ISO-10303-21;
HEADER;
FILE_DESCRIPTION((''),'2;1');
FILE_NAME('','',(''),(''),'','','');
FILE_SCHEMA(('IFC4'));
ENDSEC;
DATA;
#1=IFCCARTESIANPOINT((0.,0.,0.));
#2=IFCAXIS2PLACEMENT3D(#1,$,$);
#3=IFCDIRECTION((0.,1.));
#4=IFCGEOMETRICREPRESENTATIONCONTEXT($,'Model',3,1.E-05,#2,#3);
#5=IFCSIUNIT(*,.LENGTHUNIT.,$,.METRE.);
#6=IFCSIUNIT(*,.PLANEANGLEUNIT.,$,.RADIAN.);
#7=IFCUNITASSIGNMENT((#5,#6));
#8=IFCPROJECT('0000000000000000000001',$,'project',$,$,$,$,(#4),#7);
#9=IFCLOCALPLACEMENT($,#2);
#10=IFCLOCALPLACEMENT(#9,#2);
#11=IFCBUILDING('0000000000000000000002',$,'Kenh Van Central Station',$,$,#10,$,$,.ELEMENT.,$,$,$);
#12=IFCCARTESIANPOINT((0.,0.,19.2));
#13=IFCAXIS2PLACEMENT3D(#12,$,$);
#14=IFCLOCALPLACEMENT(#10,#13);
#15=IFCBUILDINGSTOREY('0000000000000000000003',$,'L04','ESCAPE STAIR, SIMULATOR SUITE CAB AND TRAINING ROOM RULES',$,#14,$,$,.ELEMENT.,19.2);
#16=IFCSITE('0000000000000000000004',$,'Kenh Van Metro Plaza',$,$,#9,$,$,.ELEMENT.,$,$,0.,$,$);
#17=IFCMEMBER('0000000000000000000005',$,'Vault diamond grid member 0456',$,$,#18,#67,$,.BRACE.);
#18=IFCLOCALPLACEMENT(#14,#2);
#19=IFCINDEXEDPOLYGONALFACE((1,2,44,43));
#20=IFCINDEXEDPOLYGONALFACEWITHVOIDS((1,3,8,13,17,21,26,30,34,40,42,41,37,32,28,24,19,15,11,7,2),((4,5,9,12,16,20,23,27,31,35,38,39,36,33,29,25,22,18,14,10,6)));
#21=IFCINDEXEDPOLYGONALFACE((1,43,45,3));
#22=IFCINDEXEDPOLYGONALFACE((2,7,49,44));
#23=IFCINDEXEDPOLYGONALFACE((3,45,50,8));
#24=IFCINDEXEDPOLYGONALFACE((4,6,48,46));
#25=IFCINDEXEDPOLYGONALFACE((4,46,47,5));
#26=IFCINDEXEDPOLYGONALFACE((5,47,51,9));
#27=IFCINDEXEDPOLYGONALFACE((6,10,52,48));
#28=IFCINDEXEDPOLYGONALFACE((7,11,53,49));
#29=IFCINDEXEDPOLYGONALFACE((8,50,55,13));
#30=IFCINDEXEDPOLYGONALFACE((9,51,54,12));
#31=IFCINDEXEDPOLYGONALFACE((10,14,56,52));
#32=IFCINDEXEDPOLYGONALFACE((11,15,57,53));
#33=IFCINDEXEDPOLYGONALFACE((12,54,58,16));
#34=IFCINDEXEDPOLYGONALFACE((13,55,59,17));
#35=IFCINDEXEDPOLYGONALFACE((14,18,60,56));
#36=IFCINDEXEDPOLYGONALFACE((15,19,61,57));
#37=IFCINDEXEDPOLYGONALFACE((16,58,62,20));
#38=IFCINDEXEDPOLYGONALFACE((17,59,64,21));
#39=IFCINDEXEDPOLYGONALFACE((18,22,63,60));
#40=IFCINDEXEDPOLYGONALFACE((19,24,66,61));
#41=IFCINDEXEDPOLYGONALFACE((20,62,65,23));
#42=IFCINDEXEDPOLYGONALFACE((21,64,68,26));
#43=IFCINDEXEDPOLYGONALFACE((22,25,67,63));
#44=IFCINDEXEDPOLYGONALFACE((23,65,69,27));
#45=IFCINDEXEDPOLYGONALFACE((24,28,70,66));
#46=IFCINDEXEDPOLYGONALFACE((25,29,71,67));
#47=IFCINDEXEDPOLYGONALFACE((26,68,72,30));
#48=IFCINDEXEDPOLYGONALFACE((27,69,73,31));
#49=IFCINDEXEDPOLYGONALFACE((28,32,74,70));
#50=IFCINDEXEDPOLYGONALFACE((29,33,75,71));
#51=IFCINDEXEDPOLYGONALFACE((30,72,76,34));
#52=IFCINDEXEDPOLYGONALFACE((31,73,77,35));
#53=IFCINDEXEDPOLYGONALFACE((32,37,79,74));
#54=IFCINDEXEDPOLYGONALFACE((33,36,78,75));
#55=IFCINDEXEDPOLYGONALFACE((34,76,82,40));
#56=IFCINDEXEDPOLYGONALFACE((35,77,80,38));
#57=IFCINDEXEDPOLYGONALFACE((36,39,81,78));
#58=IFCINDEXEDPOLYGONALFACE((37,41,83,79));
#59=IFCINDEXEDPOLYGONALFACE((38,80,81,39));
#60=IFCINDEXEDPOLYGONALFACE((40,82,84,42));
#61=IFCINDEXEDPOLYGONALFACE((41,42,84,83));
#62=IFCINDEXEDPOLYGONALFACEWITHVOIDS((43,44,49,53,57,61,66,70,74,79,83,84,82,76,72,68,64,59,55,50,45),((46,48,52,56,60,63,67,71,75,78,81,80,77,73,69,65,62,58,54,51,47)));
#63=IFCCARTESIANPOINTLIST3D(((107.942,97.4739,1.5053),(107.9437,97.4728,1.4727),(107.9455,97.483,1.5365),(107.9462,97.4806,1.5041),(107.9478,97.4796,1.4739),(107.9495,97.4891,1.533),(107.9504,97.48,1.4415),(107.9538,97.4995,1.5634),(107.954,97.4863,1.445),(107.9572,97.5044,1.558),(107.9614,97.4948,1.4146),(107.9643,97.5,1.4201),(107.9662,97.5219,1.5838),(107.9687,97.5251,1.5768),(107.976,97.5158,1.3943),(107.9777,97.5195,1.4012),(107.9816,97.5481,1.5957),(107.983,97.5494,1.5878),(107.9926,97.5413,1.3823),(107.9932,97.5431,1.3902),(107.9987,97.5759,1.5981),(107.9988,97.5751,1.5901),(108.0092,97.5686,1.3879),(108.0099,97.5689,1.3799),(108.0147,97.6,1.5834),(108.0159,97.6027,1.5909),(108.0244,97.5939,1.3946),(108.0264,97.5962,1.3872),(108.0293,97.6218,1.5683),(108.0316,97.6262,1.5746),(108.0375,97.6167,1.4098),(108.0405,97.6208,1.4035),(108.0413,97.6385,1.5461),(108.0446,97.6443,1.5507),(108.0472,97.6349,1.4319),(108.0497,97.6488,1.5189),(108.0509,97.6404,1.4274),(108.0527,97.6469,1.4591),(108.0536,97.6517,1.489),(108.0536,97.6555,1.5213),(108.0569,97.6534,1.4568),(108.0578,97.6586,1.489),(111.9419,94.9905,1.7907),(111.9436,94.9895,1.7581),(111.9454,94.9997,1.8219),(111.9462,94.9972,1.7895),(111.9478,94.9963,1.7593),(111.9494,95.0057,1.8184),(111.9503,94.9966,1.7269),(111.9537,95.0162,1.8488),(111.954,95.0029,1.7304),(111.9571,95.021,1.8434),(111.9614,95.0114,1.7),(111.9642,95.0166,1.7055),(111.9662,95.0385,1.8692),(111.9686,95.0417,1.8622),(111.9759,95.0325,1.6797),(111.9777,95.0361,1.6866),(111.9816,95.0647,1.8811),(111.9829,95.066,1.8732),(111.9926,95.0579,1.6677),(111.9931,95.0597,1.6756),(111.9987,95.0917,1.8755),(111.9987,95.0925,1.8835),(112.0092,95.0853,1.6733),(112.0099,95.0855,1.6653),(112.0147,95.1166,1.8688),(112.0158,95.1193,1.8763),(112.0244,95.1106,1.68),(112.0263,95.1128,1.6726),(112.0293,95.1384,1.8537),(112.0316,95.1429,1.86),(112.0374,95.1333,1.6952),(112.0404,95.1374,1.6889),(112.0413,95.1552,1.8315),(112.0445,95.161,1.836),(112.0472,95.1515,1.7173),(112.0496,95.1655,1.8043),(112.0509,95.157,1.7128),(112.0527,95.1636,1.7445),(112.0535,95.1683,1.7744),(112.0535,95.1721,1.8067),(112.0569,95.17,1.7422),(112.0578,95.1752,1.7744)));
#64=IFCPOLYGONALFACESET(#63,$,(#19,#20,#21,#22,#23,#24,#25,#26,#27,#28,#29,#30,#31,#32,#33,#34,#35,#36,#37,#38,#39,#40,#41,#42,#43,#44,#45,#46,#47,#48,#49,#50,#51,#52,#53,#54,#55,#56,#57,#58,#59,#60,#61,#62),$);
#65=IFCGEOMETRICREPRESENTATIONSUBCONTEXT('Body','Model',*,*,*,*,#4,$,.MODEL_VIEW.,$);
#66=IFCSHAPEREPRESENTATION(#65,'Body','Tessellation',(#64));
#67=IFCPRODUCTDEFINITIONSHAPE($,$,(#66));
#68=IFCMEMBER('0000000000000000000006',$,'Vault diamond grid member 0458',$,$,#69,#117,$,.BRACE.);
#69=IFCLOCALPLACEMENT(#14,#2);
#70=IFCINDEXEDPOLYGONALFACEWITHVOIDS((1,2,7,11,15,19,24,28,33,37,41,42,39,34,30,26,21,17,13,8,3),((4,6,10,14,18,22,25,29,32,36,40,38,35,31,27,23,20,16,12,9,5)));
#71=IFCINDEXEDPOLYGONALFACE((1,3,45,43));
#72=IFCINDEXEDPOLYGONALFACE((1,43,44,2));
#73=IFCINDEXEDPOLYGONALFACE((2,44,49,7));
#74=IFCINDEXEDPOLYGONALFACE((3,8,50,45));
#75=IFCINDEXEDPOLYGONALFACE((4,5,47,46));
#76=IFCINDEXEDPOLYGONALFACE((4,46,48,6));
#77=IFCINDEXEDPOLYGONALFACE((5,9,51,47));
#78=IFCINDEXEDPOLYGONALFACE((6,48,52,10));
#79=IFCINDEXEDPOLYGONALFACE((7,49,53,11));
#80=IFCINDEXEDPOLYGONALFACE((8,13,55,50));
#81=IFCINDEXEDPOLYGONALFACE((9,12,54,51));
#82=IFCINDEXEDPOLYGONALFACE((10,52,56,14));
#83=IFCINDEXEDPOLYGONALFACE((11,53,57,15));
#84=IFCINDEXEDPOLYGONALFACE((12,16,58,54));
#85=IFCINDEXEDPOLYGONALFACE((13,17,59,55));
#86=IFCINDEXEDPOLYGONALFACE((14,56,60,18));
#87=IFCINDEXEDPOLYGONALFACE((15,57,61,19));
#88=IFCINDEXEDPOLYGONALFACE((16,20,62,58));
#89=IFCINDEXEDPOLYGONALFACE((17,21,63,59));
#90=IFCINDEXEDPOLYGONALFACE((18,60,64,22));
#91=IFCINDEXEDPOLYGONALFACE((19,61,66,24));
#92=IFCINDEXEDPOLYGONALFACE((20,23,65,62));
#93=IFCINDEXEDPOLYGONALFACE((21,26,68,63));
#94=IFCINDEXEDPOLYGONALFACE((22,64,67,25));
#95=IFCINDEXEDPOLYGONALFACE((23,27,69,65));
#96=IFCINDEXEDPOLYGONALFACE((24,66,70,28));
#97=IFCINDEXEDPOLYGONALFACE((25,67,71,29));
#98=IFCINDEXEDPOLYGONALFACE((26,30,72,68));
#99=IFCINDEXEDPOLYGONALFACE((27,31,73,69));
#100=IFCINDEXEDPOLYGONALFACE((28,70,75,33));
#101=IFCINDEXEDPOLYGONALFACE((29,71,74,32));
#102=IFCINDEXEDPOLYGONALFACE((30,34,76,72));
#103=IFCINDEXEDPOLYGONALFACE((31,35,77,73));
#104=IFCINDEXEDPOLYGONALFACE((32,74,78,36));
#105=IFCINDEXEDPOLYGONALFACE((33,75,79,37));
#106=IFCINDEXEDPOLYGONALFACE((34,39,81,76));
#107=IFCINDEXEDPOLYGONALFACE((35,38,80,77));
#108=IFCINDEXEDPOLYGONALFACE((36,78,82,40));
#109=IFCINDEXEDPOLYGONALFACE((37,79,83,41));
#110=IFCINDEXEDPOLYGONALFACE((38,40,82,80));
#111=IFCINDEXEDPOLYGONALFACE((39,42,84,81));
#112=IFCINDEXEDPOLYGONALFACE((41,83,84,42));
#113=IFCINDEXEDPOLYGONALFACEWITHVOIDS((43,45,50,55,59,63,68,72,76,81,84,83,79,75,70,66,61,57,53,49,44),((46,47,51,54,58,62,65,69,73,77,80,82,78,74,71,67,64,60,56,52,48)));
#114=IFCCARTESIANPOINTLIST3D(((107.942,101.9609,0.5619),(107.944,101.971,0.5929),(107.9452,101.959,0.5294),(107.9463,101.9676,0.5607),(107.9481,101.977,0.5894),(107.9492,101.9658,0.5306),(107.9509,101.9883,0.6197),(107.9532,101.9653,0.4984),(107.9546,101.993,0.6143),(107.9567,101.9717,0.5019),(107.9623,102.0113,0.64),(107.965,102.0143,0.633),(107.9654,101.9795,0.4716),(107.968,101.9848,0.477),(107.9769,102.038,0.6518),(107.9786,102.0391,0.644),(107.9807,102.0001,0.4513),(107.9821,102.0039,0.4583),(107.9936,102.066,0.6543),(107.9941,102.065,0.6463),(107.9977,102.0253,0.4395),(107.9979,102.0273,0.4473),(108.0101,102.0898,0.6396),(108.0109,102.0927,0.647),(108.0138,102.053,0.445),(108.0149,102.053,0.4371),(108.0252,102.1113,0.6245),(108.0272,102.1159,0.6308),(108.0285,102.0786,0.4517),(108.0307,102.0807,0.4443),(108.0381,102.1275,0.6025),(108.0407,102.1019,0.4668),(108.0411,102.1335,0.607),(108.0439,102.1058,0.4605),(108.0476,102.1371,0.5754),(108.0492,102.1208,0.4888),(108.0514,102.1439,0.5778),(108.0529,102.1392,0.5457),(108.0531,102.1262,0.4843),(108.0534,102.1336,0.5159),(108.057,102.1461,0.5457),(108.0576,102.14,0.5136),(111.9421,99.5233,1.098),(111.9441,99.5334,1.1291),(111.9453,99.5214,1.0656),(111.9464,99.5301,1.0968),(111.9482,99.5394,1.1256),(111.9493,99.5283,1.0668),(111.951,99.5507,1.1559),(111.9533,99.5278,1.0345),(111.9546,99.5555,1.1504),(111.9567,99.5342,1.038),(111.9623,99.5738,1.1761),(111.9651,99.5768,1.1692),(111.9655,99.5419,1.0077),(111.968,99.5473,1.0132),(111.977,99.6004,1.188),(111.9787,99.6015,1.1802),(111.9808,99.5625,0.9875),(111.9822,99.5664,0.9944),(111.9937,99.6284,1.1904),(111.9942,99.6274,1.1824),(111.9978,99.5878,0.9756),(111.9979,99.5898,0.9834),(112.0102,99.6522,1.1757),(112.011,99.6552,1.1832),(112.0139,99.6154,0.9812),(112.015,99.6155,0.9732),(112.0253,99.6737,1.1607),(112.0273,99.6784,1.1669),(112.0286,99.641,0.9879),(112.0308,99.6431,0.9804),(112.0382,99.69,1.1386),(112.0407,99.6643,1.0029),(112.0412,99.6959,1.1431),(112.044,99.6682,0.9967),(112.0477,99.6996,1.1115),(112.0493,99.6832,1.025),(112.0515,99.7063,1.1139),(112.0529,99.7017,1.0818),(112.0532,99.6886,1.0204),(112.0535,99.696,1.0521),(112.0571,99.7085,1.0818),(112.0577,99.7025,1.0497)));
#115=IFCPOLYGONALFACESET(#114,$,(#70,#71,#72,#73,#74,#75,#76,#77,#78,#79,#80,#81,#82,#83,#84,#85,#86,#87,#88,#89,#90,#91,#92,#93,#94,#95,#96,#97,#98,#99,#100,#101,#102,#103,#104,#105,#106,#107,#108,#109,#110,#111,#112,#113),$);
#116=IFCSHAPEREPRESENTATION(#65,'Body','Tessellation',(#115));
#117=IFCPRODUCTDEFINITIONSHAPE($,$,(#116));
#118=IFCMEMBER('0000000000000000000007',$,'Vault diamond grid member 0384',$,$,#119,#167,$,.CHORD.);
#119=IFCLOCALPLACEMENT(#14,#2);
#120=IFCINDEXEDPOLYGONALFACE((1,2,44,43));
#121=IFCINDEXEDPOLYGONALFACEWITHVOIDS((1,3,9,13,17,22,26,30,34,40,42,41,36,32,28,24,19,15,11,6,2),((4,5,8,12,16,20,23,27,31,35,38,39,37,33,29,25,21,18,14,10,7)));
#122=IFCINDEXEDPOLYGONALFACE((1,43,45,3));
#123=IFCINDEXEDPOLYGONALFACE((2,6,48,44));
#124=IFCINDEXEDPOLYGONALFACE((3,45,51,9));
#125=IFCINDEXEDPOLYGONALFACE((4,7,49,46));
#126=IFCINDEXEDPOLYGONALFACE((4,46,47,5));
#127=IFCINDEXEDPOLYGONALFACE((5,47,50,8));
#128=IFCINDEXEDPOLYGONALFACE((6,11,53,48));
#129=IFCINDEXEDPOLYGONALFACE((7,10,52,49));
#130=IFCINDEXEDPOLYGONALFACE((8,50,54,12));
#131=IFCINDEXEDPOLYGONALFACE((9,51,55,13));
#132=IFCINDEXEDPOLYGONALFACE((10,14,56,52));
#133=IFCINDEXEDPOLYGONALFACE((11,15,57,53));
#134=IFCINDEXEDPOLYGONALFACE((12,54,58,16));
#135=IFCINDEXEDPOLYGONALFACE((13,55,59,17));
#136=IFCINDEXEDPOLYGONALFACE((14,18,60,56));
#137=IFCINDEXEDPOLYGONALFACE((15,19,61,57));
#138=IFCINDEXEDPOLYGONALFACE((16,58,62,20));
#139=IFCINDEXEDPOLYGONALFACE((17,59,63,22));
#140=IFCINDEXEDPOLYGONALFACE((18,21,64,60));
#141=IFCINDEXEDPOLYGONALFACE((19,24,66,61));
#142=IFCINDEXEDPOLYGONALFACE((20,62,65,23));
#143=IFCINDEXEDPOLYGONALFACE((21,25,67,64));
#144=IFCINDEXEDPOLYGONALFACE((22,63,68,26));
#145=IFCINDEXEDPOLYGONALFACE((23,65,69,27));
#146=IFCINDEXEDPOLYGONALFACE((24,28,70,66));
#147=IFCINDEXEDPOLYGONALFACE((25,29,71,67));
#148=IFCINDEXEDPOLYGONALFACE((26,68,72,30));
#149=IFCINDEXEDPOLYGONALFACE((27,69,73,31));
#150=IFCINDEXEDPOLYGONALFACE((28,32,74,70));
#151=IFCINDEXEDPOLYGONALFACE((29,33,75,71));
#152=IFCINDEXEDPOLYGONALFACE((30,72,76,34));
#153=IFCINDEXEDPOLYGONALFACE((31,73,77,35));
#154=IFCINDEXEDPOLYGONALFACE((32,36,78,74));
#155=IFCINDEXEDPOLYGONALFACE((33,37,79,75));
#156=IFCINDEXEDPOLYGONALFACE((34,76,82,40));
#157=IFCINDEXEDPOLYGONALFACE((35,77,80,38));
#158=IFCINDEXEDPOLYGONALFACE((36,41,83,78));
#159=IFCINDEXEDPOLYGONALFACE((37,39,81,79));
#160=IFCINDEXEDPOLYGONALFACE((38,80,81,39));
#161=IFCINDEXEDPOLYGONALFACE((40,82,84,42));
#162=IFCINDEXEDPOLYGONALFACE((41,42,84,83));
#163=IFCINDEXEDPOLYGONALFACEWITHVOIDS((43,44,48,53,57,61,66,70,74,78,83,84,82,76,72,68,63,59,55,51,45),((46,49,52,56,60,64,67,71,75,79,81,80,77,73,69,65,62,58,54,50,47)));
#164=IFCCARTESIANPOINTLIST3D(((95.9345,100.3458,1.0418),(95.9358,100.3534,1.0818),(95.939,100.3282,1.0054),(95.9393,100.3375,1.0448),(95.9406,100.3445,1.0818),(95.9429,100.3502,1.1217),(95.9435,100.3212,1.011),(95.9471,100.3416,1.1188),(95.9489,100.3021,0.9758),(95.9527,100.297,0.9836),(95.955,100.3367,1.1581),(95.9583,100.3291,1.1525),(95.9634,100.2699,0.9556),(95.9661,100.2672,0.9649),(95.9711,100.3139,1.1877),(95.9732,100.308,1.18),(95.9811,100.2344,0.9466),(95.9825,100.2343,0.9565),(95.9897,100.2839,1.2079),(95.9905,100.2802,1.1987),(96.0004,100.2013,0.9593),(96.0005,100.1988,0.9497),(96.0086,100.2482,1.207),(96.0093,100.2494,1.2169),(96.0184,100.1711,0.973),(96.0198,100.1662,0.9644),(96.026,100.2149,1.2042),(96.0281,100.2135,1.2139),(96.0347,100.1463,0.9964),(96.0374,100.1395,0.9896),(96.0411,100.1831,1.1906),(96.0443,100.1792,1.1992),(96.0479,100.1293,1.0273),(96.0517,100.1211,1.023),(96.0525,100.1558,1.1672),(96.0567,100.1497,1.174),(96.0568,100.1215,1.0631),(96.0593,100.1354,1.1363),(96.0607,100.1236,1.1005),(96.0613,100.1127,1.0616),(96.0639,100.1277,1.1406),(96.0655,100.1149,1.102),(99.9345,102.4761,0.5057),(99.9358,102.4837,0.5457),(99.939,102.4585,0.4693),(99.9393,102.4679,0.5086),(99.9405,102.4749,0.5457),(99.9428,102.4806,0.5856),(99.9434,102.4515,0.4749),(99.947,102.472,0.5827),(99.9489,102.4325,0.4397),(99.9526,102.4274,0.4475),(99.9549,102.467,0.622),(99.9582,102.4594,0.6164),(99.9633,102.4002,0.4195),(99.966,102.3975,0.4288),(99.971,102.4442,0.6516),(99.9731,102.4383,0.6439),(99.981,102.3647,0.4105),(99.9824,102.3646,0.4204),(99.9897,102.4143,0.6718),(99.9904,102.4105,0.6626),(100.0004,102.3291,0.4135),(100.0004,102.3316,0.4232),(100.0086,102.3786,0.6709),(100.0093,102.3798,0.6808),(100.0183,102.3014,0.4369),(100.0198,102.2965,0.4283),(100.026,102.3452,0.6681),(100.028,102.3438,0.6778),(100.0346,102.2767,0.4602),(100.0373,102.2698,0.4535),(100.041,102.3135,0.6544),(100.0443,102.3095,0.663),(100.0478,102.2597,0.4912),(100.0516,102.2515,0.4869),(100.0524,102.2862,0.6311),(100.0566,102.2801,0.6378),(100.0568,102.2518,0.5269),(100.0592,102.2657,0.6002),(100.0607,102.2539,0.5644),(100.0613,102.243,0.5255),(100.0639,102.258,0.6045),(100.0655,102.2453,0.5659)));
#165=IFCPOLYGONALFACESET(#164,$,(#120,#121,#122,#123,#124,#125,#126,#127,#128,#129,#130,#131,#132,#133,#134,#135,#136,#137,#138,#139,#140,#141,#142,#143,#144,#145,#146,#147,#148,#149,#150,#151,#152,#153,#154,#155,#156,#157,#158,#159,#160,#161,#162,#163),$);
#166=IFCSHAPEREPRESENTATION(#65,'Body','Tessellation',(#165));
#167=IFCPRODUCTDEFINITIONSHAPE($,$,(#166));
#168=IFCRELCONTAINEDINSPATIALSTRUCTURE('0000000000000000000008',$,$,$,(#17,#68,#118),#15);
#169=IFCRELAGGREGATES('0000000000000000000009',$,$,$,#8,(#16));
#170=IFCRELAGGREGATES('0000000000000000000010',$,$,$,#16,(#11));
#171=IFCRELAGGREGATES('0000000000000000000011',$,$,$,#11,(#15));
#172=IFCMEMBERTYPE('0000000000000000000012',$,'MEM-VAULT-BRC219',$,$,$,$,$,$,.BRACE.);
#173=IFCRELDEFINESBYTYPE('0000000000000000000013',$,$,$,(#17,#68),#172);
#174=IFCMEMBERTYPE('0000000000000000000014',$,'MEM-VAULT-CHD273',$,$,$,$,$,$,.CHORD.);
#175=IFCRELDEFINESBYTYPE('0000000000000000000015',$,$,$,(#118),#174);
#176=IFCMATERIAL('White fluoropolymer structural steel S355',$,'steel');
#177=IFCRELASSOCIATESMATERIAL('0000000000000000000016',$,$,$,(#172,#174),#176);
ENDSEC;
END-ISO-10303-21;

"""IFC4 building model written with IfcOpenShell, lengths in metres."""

from ifc_helpers import new_model, si_unit, direction, frame, origin, origin_2d, place, context, subcontext, project, spatial, hollow_circle, extrude, material, material_profile, profile_set, type_object, element, save


model = new_model("IFC4")

# Units and contexts
model_context = context("Model", 3, precision=1e-05, world=origin(), true_north=direction((0.0, 1.0)))
body_context = subcontext(model_context, "Body", "Model", "MODEL_VIEW")
ifc_project = project(units=[si_unit("LENGTHUNIT", "METRE"), si_unit("PLANEANGLEUNIT", "RADIAN")], contexts=[model_context])

# Site, building, storey
site_placement = place(None, origin())
site = spatial("IfcSite", under=ifc_project, at=site_placement, Name="Kenh Van Metro Plaza", CompositionType="ELEMENT", RefElevation=0.0)
building_placement = place(site_placement, origin())
building = spatial("IfcBuilding", under=site, at=building_placement, Name="Kenh Van Central Station", CompositionType="ELEMENT")
storey_placement = place(building_placement, frame((0.0, 0.0, 19.2)))
storey = spatial("IfcBuildingStorey", under=building, at=storey_placement, Name="L04", Description="ESCAPE STAIR, SIMULATOR SUITE CAB AND TRAINING ROOM RULES", CompositionType="ELEMENT", Elevation=19.2)

# Shared definitions
ifc_material_1 = material(Name="White fluoropolymer structural steel S355", Category="steel")

# Members
ifc_material_profile_1 = material_profile(ifc_material_1, hollow_circle(Radius=0.1096, WallThickness=0.0081, at=origin_2d()), Name="CHS 219.1x8")
ifc_profile_set_1 = profile_set([ifc_material_profile_1], Name="White fluoropolymer structural steel S355")
member_type_1 = type_object("IfcMemberType", Name="MEM-VAULT-BRC219", PredefinedType="BRACE", material=ifc_profile_set_1)
member_1_placement = place(storey_placement, frame((108.0, 97.5654, 1.489), z_axis=(0.848023, -0.526495, 0.060507), x_axis=(0.527461, 0.849579, 0.0)))
element("IfcMember", 1, at=member_1_placement, inside=storey, type_object=member_type_1, Name="Vault diamond grid member 0456", PredefinedType="BRACE", context=body_context, shape_type="SweptSolid", body=[
    extrude(hollow_circle(Radius=0.1096, WallThickness=0.0081, at=origin_2d()), origin(), (0.0, 0.0, 1.0), 4.7168),
])
member_2_placement = place(storey_placement, frame((108.0, 102.0525, 0.5457), z_axis=(0.848402, -0.516995, 0.113714), x_axis=(0.52037, 0.853941, 0.0)))
element("IfcMember", 2, at=member_2_placement, inside=storey, type_object=member_type_1, Name="Vault diamond grid member 0458", PredefinedType="BRACE", context=body_context, shape_type="SweptSolid", body=[
    extrude(hollow_circle(Radius=0.1096, WallThickness=0.0081, at=origin_2d()), origin(), (0.0, 0.0, 1.0), 4.7148),
])
ifc_material_profile_2 = material_profile(ifc_material_1, hollow_circle(Radius=0.1365, WallThickness=0.01, at=origin_2d()), Name="CHS 273x10")
ifc_profile_set_2 = profile_set([ifc_material_profile_2], Name="White fluoropolymer structural steel S355")
member_type_2 = type_object("IfcMemberType", Name="MEM-VAULT-CHD273", PredefinedType="CHORD", material=ifc_profile_set_2)
member_3_placement = place(storey_placement, frame((96.0, 100.2329, 1.0818), z_axis=(0.876512, 0.466824, -0.117482), x_axis=(-0.470079, 0.882624, 0.0)))
element("IfcMember", 3, at=member_3_placement, inside=storey, type_object=member_type_2, Name="Vault diamond grid member 0384", PredefinedType="CHORD", context=body_context, shape_type="SweptSolid", body=[
    extrude(hollow_circle(Radius=0.1365, WallThickness=0.01, at=origin_2d()), origin(), (0.0, 0.0, 1.0), 4.5635),
])

save(model, "model.ifc")
